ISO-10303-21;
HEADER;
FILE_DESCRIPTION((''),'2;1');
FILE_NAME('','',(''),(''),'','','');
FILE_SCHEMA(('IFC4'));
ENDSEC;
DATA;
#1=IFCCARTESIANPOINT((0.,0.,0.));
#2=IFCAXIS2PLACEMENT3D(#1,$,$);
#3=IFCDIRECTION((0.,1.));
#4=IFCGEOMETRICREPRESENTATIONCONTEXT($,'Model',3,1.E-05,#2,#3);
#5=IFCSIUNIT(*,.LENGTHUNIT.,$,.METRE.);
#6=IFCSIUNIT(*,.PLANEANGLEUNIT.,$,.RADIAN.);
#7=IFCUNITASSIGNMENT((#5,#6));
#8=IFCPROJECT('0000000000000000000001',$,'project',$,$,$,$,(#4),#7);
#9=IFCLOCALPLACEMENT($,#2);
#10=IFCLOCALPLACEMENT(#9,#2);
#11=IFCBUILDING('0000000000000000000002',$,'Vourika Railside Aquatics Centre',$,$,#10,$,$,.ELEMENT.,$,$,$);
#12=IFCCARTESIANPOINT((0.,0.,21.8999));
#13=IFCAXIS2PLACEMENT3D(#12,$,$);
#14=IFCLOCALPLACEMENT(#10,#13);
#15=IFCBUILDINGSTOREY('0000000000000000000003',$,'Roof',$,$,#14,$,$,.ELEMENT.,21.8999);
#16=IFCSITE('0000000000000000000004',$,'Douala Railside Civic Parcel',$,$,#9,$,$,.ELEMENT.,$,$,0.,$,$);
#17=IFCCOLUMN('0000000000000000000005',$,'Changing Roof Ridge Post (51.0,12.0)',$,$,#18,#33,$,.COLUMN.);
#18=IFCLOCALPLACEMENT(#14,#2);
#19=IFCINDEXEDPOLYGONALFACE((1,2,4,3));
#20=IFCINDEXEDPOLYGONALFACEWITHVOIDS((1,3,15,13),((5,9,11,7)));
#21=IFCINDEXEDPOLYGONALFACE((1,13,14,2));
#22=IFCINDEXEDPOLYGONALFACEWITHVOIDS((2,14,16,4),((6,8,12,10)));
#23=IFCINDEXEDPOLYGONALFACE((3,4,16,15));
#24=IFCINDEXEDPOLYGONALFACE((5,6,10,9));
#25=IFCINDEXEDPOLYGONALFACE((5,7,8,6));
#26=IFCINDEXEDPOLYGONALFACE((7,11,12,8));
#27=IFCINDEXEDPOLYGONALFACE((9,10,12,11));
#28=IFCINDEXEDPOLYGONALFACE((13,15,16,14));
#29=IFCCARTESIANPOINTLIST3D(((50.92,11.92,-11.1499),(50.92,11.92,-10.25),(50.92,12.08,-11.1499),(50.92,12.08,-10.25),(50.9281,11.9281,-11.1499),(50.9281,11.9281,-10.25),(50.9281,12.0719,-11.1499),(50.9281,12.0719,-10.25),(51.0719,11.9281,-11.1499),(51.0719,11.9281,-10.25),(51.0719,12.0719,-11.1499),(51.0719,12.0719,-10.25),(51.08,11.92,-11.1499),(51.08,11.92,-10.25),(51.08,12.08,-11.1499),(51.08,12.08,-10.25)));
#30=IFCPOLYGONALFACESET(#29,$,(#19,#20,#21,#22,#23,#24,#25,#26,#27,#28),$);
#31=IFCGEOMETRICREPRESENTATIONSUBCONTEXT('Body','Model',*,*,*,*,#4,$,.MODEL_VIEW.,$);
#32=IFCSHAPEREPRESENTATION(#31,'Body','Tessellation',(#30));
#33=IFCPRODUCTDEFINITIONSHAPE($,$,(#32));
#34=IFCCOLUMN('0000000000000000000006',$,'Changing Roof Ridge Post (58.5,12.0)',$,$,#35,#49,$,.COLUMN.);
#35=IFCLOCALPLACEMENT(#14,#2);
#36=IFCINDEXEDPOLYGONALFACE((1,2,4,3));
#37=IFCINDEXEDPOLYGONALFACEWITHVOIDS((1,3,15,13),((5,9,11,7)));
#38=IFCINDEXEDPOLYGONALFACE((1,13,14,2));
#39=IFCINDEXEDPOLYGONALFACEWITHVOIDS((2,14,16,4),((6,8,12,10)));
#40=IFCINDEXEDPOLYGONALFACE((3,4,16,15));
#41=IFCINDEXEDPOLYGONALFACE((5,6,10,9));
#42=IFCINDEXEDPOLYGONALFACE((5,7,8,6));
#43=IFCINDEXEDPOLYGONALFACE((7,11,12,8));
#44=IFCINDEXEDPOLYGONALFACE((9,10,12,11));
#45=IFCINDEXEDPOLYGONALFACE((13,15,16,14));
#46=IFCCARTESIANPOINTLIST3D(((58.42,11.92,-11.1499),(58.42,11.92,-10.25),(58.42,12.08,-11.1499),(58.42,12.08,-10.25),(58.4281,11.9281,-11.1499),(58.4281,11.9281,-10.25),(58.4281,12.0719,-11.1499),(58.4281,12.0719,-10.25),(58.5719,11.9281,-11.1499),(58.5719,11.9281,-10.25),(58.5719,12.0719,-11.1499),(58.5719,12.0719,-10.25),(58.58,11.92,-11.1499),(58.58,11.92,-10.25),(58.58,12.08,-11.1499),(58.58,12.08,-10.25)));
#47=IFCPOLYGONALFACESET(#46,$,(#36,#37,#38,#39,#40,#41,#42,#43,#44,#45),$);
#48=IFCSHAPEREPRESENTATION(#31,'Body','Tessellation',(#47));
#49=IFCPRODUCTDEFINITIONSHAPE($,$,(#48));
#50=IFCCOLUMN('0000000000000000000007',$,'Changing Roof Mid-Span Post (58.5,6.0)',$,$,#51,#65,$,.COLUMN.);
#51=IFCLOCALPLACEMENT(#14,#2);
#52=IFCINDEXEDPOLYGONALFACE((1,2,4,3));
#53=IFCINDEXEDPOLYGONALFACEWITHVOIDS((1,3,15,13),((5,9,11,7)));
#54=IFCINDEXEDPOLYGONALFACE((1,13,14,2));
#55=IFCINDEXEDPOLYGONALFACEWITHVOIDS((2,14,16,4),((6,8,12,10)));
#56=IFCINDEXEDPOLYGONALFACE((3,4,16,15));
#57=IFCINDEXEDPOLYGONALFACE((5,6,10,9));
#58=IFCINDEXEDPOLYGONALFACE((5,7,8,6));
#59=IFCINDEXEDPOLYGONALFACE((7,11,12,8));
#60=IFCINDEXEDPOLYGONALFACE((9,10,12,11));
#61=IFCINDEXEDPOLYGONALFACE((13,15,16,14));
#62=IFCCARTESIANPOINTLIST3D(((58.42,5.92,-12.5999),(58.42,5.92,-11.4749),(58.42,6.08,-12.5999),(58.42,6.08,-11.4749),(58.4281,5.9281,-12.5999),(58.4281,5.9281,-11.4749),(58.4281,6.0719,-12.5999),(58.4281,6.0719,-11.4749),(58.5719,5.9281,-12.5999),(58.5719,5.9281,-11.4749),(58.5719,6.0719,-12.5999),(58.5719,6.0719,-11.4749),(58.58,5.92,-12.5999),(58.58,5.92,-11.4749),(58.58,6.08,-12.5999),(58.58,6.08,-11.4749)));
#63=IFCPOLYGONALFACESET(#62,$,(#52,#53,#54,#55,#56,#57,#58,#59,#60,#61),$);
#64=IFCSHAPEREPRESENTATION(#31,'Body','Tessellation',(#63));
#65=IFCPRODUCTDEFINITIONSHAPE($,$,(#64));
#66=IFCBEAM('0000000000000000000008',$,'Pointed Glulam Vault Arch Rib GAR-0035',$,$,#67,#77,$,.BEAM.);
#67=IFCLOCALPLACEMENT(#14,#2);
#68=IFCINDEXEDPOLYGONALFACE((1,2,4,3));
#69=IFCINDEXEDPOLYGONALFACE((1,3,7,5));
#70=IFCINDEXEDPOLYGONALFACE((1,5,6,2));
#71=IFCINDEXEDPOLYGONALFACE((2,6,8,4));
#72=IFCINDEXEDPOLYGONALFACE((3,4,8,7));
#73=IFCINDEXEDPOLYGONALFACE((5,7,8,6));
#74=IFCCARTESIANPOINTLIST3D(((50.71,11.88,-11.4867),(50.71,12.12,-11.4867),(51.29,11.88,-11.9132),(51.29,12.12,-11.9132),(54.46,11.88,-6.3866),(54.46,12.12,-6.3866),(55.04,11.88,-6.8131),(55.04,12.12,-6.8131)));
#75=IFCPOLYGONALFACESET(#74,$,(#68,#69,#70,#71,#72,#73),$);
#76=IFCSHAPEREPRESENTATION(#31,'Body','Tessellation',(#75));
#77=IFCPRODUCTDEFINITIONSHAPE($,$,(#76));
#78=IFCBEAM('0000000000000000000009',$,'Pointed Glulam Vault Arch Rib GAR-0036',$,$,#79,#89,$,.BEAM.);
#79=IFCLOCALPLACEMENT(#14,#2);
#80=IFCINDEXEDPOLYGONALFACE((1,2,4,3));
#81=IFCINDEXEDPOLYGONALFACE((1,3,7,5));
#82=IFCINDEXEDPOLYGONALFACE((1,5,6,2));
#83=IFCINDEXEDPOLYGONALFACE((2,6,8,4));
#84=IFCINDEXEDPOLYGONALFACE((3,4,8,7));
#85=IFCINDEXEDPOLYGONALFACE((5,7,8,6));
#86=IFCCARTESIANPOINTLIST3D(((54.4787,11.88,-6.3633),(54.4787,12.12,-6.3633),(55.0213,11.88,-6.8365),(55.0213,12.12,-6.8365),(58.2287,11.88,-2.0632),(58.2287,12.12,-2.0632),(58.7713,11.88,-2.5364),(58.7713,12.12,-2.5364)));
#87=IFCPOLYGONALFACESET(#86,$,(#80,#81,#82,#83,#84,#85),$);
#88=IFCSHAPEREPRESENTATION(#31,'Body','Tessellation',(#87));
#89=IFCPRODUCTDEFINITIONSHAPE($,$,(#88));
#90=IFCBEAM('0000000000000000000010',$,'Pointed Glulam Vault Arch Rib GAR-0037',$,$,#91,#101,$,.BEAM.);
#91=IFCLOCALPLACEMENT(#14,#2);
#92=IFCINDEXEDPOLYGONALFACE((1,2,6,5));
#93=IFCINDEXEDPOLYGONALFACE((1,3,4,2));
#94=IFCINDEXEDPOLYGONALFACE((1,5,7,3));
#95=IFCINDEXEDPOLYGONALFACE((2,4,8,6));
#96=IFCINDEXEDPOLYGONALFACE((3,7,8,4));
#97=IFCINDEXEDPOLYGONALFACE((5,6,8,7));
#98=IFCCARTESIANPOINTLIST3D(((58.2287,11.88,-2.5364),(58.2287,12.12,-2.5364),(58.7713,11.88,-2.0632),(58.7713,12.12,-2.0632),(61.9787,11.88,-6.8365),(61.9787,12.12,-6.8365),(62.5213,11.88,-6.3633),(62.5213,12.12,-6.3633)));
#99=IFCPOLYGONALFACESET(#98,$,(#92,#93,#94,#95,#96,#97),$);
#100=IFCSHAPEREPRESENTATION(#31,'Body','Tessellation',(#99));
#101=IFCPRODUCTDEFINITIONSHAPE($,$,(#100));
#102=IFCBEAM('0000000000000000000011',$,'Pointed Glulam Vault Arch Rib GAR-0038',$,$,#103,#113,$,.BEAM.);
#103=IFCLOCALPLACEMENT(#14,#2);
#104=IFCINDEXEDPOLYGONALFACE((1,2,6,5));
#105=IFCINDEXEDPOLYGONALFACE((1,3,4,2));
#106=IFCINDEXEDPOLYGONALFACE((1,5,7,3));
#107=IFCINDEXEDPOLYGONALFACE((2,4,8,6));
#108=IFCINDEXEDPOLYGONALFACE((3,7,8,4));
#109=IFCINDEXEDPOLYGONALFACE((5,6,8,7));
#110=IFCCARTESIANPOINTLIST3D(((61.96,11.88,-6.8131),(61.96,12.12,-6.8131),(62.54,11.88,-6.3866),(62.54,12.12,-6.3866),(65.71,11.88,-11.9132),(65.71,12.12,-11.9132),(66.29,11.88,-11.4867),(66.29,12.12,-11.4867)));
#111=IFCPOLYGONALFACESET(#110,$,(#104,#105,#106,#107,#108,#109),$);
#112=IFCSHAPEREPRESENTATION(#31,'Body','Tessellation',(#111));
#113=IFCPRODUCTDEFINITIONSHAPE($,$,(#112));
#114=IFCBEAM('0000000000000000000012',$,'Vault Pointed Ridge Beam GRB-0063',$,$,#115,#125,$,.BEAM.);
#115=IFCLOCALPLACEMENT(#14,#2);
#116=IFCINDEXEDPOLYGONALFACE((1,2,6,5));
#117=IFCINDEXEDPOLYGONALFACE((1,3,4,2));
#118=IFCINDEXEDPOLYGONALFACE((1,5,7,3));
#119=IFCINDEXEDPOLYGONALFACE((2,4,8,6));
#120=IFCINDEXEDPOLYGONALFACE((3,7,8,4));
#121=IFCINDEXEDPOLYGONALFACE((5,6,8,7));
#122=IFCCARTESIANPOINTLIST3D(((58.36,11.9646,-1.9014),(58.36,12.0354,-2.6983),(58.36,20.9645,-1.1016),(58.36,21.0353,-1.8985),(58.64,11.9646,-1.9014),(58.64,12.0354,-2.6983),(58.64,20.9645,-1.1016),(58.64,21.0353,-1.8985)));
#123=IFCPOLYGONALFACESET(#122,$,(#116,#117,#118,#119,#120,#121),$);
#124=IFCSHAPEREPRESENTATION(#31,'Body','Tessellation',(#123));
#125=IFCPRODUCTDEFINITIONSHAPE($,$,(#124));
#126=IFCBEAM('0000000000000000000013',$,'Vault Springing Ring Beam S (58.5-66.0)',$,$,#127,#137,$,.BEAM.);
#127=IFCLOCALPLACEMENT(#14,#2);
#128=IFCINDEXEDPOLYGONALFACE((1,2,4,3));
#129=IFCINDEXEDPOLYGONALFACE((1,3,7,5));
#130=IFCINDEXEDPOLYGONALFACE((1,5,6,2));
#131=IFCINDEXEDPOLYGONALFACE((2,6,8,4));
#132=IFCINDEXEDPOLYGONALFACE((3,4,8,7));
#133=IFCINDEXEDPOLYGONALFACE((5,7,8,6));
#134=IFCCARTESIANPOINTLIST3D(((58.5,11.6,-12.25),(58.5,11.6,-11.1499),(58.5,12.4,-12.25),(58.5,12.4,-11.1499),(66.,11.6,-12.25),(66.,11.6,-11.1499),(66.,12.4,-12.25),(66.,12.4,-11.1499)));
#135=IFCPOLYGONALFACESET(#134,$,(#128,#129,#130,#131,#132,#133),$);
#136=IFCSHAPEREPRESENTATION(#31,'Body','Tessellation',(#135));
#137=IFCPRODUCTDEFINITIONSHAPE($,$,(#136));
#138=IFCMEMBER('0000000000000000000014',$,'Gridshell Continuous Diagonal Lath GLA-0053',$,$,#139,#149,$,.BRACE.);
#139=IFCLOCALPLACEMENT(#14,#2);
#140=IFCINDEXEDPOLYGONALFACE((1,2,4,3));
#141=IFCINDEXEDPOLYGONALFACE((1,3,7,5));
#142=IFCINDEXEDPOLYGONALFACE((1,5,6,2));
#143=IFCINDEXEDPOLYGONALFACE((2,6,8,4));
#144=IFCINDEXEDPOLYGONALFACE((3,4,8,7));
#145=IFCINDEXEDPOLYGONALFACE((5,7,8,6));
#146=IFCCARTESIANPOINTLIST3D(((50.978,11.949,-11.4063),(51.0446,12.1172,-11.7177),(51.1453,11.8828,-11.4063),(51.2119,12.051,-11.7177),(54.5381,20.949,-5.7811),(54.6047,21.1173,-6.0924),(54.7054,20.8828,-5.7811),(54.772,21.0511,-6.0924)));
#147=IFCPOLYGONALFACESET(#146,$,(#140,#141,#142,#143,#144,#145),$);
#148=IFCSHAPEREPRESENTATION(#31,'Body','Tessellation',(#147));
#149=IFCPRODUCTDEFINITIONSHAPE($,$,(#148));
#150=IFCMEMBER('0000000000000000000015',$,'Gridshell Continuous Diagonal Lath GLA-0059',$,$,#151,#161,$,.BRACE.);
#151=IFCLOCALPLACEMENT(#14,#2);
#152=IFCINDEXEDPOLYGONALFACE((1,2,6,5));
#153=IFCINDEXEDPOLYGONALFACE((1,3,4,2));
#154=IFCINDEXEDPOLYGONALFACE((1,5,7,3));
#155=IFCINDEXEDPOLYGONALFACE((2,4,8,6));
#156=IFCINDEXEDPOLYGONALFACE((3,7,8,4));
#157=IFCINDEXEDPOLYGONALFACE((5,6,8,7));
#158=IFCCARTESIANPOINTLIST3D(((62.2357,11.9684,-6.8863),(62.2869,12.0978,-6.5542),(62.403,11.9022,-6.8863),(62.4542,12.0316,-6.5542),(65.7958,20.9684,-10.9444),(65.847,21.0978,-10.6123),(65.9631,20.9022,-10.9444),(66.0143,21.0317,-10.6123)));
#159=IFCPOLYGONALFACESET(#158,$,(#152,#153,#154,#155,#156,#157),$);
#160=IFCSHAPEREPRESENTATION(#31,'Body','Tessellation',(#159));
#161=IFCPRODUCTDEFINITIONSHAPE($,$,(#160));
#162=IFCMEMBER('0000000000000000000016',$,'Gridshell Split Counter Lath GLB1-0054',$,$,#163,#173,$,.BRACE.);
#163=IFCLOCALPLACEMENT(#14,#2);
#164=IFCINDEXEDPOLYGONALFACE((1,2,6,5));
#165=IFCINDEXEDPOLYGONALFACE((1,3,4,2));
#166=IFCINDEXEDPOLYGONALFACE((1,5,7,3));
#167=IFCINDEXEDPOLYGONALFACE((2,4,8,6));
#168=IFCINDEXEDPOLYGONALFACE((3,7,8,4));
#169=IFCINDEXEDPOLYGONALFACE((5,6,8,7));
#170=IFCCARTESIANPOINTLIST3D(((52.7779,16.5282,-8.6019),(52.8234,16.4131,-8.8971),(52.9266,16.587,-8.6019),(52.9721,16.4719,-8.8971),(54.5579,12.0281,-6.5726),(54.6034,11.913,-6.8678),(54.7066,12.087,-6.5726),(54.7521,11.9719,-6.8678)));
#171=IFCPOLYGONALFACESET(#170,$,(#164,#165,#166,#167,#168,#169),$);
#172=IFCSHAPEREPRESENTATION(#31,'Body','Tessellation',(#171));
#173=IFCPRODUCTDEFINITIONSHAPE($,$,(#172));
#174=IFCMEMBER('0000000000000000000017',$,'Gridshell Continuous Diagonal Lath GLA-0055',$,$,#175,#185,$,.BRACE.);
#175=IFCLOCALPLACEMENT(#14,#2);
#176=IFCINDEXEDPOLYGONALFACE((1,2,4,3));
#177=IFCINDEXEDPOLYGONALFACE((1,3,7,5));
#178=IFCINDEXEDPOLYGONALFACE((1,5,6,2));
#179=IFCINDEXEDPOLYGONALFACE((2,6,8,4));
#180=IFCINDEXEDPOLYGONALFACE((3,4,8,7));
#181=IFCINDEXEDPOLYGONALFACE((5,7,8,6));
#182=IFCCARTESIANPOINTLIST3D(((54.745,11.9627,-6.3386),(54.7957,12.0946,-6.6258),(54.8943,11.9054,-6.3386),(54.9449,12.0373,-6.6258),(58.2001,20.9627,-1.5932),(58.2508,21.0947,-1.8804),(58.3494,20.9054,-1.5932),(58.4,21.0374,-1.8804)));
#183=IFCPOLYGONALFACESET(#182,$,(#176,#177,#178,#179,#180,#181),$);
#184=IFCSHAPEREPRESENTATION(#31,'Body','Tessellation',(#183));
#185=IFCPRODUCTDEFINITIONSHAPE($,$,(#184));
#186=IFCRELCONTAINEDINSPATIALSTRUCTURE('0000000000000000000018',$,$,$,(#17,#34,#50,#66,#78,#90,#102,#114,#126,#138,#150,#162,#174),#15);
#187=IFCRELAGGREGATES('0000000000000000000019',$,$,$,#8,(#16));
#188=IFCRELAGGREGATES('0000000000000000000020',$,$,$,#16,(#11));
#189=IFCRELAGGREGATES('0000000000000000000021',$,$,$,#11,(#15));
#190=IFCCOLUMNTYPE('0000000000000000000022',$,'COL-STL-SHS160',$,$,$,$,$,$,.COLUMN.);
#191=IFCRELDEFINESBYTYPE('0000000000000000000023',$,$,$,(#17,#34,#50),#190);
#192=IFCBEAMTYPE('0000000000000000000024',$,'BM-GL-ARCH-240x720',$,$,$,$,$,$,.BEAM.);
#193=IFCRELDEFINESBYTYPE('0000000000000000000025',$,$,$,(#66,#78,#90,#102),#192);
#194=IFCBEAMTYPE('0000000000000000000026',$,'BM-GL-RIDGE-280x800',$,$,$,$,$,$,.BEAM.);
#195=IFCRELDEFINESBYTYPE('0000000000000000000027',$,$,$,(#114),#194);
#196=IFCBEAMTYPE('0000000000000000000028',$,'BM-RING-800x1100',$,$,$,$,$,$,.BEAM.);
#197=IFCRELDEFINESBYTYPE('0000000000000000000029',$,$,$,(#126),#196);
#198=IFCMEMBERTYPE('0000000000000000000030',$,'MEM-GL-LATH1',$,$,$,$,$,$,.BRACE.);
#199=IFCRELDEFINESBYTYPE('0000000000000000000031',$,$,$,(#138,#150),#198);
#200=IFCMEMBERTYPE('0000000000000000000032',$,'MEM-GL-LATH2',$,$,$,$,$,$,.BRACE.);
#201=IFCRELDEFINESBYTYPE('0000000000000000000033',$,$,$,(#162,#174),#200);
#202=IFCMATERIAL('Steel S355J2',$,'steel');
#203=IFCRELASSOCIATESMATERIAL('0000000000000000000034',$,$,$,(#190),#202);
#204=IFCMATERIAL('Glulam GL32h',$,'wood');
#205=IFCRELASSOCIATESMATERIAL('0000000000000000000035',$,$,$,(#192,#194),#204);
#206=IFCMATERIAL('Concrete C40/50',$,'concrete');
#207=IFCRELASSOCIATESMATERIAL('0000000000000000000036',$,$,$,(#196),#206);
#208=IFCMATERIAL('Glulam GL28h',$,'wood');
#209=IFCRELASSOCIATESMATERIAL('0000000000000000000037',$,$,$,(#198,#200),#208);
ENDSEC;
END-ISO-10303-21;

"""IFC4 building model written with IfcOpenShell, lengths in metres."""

from ifc_helpers import new_model, si_unit, direction, frame, origin, origin_2d, place, context, subcontext, project, spatial, rectangle, hollow_rectangle, extrude, material, material_profile, profile_set, type_object, element, save


model = new_model("IFC4")

# Units and contexts
model_context = context("Model", 3, precision=1e-05, world=origin(), true_north=direction((0.0, 1.0)))
body_context = subcontext(model_context, "Body", "Model", "MODEL_VIEW")
ifc_project = project(units=[si_unit("LENGTHUNIT", "METRE"), si_unit("PLANEANGLEUNIT", "RADIAN")], contexts=[model_context])

# Site, building, storey
site_placement = place(None, origin())
site = spatial("IfcSite", under=ifc_project, at=site_placement, Name="Douala Railside Civic Parcel", CompositionType="ELEMENT", RefElevation=0.0)
building_placement = place(site_placement, origin())
building = spatial("IfcBuilding", under=site, at=building_placement, Name="Vourika Railside Aquatics Centre", CompositionType="ELEMENT")
storey_placement = place(building_placement, frame((0.0, 0.0, 21.8999)))
storey = spatial("IfcBuildingStorey", under=building, at=storey_placement, Name="Roof", CompositionType="ELEMENT", Elevation=21.8999)

# Columns
ifc_material_1 = material(Name="Steel S355J2", Category="steel")
ifc_material_profile_1 = material_profile(ifc_material_1, hollow_rectangle(XDim=0.1599, YDim=0.1599, WallThickness=0.0081, at=origin_2d()), Name="SHS 160x160x8")
ifc_profile_set_1 = profile_set([ifc_material_profile_1], Name="Steel S355J2")
column_type = type_object("IfcColumnType", Name="COL-STL-SHS160", PredefinedType="COLUMN", material=ifc_profile_set_1)
for number, where, z_axis, x_axis, name in (
    (1, (51.0, 12.0, -11.1499), (0.0, 0.0, 1.0), (1.0, 0.0, 0.0), "Changing Roof Ridge Post (51.0,12.0)"),
    (2, (58.5, 12.0, -11.1499), (0.0, 0.0, 1.0), (1.0, 0.0, 0.0), "Changing Roof Ridge Post (58.5,12.0)"),
):
    element("IfcColumn", number, at=place(storey_placement, frame(where, z_axis=z_axis, x_axis=x_axis)), inside=storey, type_object=column_type, Name=name, PredefinedType="COLUMN", context=body_context, shape_type="SweptSolid", body=[
        extrude(hollow_rectangle(XDim=0.1599, YDim=0.1599, WallThickness=0.0081, at=origin_2d()), origin(), (0.0, 0.0, 1.0), 0.8999),
    ])
column_placement = place(storey_placement, frame((58.5, 6.0, -12.5999), z_axis=(0.0, 0.0, 1.0), x_axis=(1.0, 0.0, 0.0)))
element("IfcColumn", 3, at=column_placement, inside=storey, type_object=column_type, Name="Changing Roof Mid-Span Post (58.5,6.0)", PredefinedType="COLUMN", context=body_context, shape_type="SweptSolid", body=[
    extrude(hollow_rectangle(XDim=0.1599, YDim=0.1599, WallThickness=0.0081, at=origin_2d()), origin(), (0.0, 0.0, 1.0), 1.125),
])

# Beams
ifc_material_2 = material(Name="Glulam GL32h", Category="wood")
ifc_material_profile_2 = material_profile(ifc_material_2, rectangle(XDim=0.24, YDim=0.72, at=origin_2d()), Name="GL32h 240x720")
ifc_profile_set_2 = profile_set([ifc_material_profile_2], Name="Glulam GL32h")
beam_type_1 = type_object("IfcBeamType", Name="BM-GL-ARCH-240x720", PredefinedType="BEAM", material=ifc_profile_set_2)
beam_1_placement = place(storey_placement, frame((51.0, 12.0, -11.7), z_axis=(0.592383, 0.0, 0.805656), x_axis=(0.0, 1.0, 0.0)))
element("IfcBeam", 4, at=beam_1_placement, inside=storey, type_object=beam_type_1, Name="Pointed Glulam Vault Arch Rib GAR-0035", PredefinedType="BEAM", context=body_context, shape_type="SweptSolid", body=[
    extrude(rectangle(XDim=0.24, YDim=0.72, at=origin_2d()), origin(), (0.0, 0.0, 1.0), 6.3303),
])
for number, where, z_axis, x_axis, name in (
    (5, (54.75, 12.0, -6.5999), (0.657259, 0.0, 0.753665), (0.0, 1.0, 0.0), "Pointed Glulam Vault Arch Rib GAR-0036"),
    (6, (58.5, 12.0, -2.2998), (0.657259, 0.0, -0.753665), (0.0, 1.0, 0.0), "Pointed Glulam Vault Arch Rib GAR-0037"),
):
    element("IfcBeam", number, at=place(storey_placement, frame(where, z_axis=z_axis, x_axis=x_axis)), inside=storey, type_object=beam_type_1, Name=name, PredefinedType="BEAM", context=body_context, shape_type="SweptSolid", body=[
        extrude(rectangle(XDim=0.24, YDim=0.72, at=origin_2d()), origin(), (0.0, 0.0, 1.0), 5.7056),
    ])
beam_2_placement = place(storey_placement, frame((62.25, 12.0, -6.5999), z_axis=(0.592383, 0.0, -0.805656), x_axis=(0.0, 1.0, 0.0)))
element("IfcBeam", 7, at=beam_2_placement, inside=storey, type_object=beam_type_1, Name="Pointed Glulam Vault Arch Rib GAR-0038", PredefinedType="BEAM", context=body_context, shape_type="SweptSolid", body=[
    extrude(rectangle(XDim=0.24, YDim=0.72, at=origin_2d()), origin(), (0.0, 0.0, 1.0), 6.3303),
])
ifc_material_profile_3 = material_profile(ifc_material_2, rectangle(XDim=0.28, YDim=0.8, at=origin_2d()), Name="GL32h 280x800")
ifc_profile_set_3 = profile_set([ifc_material_profile_3], Name="Glulam GL32h")
beam_type_2 = type_object("IfcBeamType", Name="BM-GL-RIDGE-280x800", PredefinedType="BEAM", material=ifc_profile_set_3)
beam_3_placement = place(storey_placement, frame((58.5, 12.0, -2.2998), z_axis=(0.0, 0.996075, 0.088518), x_axis=(-1.0, 0.0, 0.0)))
element("IfcBeam", 8, at=beam_3_placement, inside=storey, type_object=beam_type_2, Name="Vault Pointed Ridge Beam GRB-0063", PredefinedType="BEAM", context=body_context, shape_type="SweptSolid", body=[
    extrude(rectangle(XDim=0.28, YDim=0.8, at=origin_2d()), origin(), (0.0, 0.0, 1.0), 9.0354),
])
ifc_material_3 = material(Name="Concrete C40/50", Category="concrete")
ifc_material_profile_4 = material_profile(ifc_material_3, rectangle(XDim=0.8, YDim=1.1001, at=origin_2d()), Name="RC 800x1100")
ifc_profile_set_4 = profile_set([ifc_material_profile_4], Name="Concrete C40/50")
beam_type_3 = type_object("IfcBeamType", Name="BM-RING-800x1100", PredefinedType="BEAM", material=ifc_profile_set_4)
beam_4_placement = place(storey_placement, frame((58.5, 12.0, -11.7), z_axis=(1.0, 0.0, 0.0), x_axis=(0.0, 1.0, 0.0)))
element("IfcBeam", 9, at=beam_4_placement, inside=storey, type_object=beam_type_3, Name="Vault Springing Ring Beam S (58.5-66.0)", PredefinedType="BEAM", context=body_context, shape_type="SweptSolid", body=[
    extrude(rectangle(XDim=0.8, YDim=1.1001, at=origin_2d()), origin(), (0.0, 0.0, 1.0), 7.5),
])

# Members
ifc_material_4 = material(Name="Glulam GL28h", Category="wood")
ifc_material_profile_5 = material_profile(ifc_material_4, rectangle(XDim=0.1799, YDim=0.3601, at=origin_2d()), Name="GL28h 180x360")
ifc_profile_set_5 = profile_set([ifc_material_profile_5], Name="Glulam GL28h")
member_type_1 = type_object("IfcMemberType", Name="MEM-GL-LATH1", PredefinedType="BRACE", material=ifc_profile_set_5)
member_1_placement = place(storey_placement, frame((51.095, 12.0, -11.562), z_axis=(0.318018, 0.803964, 0.5025), x_axis=(-0.929893, 0.36783, 0.0)))
element("IfcMember", 10, at=member_1_placement, inside=storey, type_object=member_type_1, Name="Gridshell Continuous Diagonal Lath GLA-0053", PredefinedType="BRACE", context=body_context, shape_type="SweptSolid", body=[
    extrude(rectangle(XDim=0.1799, YDim=0.3601, at=origin_2d()), origin(), (0.0, 0.0, 1.0), 11.1946),
])
member_2_placement = place(storey_placement, frame((62.345, 12.0, -6.7202), z_axis=(0.339219, 0.857562, -0.386675), x_axis=(-0.929893, 0.36783, 0.0)))
element("IfcMember", 11, at=member_2_placement, inside=storey, type_object=member_type_1, Name="Gridshell Continuous Diagonal Lath GLA-0059", PredefinedType="BRACE", context=body_context, shape_type="SweptSolid", body=[
    extrude(rectangle(XDim=0.1799, YDim=0.3601, at=origin_2d()), origin(), (0.0, 0.0, 1.0), 10.4949),
])
ifc_material_profile_6 = material_profile(ifc_material_4, rectangle(XDim=0.1599, YDim=0.3201, at=origin_2d()), Name="GL28h 160x320")
ifc_profile_set_6 = profile_set([ifc_material_profile_6], Name="Glulam GL28h")
member_type_2 = type_object("IfcMemberType", Name="MEM-GL-LATH2", PredefinedType="BRACE", material=ifc_profile_set_6)
member_3_placement = place(storey_placement, frame((54.655, 12.0, -6.7202), z_axis=(-0.339213, 0.857547, -0.386715), x_axis=(-0.929893, -0.36783, 0.0)))
element("IfcMember", 12, at=member_3_placement, inside=storey, type_object=member_type_2, Name="Gridshell Split Counter Lath GLB1-0054", PredefinedType="BRACE", context=body_context, shape_type="SweptSolid", body=[
    extrude(rectangle(XDim=0.1599, YDim=0.3201, at=origin_2d()), origin(), (0.0, 0.0, 1.0), 5.2476),
])
member_4_placement = place(storey_placement, frame((54.845, 12.0, -6.4822), z_axis=(0.321551, 0.837595, 0.441632), x_axis=(-0.93357, 0.358395, 0.0)))
element("IfcMember", 13, at=member_4_placement, inside=storey, type_object=member_type_2, Name="Gridshell Continuous Diagonal Lath GLA-0055", PredefinedType="BRACE", context=body_context, shape_type="SweptSolid", body=[
    extrude(rectangle(XDim=0.1599, YDim=0.3201, at=origin_2d()), origin(), (0.0, 0.0, 1.0), 10.7451),
])

save(model, "model.ifc")
